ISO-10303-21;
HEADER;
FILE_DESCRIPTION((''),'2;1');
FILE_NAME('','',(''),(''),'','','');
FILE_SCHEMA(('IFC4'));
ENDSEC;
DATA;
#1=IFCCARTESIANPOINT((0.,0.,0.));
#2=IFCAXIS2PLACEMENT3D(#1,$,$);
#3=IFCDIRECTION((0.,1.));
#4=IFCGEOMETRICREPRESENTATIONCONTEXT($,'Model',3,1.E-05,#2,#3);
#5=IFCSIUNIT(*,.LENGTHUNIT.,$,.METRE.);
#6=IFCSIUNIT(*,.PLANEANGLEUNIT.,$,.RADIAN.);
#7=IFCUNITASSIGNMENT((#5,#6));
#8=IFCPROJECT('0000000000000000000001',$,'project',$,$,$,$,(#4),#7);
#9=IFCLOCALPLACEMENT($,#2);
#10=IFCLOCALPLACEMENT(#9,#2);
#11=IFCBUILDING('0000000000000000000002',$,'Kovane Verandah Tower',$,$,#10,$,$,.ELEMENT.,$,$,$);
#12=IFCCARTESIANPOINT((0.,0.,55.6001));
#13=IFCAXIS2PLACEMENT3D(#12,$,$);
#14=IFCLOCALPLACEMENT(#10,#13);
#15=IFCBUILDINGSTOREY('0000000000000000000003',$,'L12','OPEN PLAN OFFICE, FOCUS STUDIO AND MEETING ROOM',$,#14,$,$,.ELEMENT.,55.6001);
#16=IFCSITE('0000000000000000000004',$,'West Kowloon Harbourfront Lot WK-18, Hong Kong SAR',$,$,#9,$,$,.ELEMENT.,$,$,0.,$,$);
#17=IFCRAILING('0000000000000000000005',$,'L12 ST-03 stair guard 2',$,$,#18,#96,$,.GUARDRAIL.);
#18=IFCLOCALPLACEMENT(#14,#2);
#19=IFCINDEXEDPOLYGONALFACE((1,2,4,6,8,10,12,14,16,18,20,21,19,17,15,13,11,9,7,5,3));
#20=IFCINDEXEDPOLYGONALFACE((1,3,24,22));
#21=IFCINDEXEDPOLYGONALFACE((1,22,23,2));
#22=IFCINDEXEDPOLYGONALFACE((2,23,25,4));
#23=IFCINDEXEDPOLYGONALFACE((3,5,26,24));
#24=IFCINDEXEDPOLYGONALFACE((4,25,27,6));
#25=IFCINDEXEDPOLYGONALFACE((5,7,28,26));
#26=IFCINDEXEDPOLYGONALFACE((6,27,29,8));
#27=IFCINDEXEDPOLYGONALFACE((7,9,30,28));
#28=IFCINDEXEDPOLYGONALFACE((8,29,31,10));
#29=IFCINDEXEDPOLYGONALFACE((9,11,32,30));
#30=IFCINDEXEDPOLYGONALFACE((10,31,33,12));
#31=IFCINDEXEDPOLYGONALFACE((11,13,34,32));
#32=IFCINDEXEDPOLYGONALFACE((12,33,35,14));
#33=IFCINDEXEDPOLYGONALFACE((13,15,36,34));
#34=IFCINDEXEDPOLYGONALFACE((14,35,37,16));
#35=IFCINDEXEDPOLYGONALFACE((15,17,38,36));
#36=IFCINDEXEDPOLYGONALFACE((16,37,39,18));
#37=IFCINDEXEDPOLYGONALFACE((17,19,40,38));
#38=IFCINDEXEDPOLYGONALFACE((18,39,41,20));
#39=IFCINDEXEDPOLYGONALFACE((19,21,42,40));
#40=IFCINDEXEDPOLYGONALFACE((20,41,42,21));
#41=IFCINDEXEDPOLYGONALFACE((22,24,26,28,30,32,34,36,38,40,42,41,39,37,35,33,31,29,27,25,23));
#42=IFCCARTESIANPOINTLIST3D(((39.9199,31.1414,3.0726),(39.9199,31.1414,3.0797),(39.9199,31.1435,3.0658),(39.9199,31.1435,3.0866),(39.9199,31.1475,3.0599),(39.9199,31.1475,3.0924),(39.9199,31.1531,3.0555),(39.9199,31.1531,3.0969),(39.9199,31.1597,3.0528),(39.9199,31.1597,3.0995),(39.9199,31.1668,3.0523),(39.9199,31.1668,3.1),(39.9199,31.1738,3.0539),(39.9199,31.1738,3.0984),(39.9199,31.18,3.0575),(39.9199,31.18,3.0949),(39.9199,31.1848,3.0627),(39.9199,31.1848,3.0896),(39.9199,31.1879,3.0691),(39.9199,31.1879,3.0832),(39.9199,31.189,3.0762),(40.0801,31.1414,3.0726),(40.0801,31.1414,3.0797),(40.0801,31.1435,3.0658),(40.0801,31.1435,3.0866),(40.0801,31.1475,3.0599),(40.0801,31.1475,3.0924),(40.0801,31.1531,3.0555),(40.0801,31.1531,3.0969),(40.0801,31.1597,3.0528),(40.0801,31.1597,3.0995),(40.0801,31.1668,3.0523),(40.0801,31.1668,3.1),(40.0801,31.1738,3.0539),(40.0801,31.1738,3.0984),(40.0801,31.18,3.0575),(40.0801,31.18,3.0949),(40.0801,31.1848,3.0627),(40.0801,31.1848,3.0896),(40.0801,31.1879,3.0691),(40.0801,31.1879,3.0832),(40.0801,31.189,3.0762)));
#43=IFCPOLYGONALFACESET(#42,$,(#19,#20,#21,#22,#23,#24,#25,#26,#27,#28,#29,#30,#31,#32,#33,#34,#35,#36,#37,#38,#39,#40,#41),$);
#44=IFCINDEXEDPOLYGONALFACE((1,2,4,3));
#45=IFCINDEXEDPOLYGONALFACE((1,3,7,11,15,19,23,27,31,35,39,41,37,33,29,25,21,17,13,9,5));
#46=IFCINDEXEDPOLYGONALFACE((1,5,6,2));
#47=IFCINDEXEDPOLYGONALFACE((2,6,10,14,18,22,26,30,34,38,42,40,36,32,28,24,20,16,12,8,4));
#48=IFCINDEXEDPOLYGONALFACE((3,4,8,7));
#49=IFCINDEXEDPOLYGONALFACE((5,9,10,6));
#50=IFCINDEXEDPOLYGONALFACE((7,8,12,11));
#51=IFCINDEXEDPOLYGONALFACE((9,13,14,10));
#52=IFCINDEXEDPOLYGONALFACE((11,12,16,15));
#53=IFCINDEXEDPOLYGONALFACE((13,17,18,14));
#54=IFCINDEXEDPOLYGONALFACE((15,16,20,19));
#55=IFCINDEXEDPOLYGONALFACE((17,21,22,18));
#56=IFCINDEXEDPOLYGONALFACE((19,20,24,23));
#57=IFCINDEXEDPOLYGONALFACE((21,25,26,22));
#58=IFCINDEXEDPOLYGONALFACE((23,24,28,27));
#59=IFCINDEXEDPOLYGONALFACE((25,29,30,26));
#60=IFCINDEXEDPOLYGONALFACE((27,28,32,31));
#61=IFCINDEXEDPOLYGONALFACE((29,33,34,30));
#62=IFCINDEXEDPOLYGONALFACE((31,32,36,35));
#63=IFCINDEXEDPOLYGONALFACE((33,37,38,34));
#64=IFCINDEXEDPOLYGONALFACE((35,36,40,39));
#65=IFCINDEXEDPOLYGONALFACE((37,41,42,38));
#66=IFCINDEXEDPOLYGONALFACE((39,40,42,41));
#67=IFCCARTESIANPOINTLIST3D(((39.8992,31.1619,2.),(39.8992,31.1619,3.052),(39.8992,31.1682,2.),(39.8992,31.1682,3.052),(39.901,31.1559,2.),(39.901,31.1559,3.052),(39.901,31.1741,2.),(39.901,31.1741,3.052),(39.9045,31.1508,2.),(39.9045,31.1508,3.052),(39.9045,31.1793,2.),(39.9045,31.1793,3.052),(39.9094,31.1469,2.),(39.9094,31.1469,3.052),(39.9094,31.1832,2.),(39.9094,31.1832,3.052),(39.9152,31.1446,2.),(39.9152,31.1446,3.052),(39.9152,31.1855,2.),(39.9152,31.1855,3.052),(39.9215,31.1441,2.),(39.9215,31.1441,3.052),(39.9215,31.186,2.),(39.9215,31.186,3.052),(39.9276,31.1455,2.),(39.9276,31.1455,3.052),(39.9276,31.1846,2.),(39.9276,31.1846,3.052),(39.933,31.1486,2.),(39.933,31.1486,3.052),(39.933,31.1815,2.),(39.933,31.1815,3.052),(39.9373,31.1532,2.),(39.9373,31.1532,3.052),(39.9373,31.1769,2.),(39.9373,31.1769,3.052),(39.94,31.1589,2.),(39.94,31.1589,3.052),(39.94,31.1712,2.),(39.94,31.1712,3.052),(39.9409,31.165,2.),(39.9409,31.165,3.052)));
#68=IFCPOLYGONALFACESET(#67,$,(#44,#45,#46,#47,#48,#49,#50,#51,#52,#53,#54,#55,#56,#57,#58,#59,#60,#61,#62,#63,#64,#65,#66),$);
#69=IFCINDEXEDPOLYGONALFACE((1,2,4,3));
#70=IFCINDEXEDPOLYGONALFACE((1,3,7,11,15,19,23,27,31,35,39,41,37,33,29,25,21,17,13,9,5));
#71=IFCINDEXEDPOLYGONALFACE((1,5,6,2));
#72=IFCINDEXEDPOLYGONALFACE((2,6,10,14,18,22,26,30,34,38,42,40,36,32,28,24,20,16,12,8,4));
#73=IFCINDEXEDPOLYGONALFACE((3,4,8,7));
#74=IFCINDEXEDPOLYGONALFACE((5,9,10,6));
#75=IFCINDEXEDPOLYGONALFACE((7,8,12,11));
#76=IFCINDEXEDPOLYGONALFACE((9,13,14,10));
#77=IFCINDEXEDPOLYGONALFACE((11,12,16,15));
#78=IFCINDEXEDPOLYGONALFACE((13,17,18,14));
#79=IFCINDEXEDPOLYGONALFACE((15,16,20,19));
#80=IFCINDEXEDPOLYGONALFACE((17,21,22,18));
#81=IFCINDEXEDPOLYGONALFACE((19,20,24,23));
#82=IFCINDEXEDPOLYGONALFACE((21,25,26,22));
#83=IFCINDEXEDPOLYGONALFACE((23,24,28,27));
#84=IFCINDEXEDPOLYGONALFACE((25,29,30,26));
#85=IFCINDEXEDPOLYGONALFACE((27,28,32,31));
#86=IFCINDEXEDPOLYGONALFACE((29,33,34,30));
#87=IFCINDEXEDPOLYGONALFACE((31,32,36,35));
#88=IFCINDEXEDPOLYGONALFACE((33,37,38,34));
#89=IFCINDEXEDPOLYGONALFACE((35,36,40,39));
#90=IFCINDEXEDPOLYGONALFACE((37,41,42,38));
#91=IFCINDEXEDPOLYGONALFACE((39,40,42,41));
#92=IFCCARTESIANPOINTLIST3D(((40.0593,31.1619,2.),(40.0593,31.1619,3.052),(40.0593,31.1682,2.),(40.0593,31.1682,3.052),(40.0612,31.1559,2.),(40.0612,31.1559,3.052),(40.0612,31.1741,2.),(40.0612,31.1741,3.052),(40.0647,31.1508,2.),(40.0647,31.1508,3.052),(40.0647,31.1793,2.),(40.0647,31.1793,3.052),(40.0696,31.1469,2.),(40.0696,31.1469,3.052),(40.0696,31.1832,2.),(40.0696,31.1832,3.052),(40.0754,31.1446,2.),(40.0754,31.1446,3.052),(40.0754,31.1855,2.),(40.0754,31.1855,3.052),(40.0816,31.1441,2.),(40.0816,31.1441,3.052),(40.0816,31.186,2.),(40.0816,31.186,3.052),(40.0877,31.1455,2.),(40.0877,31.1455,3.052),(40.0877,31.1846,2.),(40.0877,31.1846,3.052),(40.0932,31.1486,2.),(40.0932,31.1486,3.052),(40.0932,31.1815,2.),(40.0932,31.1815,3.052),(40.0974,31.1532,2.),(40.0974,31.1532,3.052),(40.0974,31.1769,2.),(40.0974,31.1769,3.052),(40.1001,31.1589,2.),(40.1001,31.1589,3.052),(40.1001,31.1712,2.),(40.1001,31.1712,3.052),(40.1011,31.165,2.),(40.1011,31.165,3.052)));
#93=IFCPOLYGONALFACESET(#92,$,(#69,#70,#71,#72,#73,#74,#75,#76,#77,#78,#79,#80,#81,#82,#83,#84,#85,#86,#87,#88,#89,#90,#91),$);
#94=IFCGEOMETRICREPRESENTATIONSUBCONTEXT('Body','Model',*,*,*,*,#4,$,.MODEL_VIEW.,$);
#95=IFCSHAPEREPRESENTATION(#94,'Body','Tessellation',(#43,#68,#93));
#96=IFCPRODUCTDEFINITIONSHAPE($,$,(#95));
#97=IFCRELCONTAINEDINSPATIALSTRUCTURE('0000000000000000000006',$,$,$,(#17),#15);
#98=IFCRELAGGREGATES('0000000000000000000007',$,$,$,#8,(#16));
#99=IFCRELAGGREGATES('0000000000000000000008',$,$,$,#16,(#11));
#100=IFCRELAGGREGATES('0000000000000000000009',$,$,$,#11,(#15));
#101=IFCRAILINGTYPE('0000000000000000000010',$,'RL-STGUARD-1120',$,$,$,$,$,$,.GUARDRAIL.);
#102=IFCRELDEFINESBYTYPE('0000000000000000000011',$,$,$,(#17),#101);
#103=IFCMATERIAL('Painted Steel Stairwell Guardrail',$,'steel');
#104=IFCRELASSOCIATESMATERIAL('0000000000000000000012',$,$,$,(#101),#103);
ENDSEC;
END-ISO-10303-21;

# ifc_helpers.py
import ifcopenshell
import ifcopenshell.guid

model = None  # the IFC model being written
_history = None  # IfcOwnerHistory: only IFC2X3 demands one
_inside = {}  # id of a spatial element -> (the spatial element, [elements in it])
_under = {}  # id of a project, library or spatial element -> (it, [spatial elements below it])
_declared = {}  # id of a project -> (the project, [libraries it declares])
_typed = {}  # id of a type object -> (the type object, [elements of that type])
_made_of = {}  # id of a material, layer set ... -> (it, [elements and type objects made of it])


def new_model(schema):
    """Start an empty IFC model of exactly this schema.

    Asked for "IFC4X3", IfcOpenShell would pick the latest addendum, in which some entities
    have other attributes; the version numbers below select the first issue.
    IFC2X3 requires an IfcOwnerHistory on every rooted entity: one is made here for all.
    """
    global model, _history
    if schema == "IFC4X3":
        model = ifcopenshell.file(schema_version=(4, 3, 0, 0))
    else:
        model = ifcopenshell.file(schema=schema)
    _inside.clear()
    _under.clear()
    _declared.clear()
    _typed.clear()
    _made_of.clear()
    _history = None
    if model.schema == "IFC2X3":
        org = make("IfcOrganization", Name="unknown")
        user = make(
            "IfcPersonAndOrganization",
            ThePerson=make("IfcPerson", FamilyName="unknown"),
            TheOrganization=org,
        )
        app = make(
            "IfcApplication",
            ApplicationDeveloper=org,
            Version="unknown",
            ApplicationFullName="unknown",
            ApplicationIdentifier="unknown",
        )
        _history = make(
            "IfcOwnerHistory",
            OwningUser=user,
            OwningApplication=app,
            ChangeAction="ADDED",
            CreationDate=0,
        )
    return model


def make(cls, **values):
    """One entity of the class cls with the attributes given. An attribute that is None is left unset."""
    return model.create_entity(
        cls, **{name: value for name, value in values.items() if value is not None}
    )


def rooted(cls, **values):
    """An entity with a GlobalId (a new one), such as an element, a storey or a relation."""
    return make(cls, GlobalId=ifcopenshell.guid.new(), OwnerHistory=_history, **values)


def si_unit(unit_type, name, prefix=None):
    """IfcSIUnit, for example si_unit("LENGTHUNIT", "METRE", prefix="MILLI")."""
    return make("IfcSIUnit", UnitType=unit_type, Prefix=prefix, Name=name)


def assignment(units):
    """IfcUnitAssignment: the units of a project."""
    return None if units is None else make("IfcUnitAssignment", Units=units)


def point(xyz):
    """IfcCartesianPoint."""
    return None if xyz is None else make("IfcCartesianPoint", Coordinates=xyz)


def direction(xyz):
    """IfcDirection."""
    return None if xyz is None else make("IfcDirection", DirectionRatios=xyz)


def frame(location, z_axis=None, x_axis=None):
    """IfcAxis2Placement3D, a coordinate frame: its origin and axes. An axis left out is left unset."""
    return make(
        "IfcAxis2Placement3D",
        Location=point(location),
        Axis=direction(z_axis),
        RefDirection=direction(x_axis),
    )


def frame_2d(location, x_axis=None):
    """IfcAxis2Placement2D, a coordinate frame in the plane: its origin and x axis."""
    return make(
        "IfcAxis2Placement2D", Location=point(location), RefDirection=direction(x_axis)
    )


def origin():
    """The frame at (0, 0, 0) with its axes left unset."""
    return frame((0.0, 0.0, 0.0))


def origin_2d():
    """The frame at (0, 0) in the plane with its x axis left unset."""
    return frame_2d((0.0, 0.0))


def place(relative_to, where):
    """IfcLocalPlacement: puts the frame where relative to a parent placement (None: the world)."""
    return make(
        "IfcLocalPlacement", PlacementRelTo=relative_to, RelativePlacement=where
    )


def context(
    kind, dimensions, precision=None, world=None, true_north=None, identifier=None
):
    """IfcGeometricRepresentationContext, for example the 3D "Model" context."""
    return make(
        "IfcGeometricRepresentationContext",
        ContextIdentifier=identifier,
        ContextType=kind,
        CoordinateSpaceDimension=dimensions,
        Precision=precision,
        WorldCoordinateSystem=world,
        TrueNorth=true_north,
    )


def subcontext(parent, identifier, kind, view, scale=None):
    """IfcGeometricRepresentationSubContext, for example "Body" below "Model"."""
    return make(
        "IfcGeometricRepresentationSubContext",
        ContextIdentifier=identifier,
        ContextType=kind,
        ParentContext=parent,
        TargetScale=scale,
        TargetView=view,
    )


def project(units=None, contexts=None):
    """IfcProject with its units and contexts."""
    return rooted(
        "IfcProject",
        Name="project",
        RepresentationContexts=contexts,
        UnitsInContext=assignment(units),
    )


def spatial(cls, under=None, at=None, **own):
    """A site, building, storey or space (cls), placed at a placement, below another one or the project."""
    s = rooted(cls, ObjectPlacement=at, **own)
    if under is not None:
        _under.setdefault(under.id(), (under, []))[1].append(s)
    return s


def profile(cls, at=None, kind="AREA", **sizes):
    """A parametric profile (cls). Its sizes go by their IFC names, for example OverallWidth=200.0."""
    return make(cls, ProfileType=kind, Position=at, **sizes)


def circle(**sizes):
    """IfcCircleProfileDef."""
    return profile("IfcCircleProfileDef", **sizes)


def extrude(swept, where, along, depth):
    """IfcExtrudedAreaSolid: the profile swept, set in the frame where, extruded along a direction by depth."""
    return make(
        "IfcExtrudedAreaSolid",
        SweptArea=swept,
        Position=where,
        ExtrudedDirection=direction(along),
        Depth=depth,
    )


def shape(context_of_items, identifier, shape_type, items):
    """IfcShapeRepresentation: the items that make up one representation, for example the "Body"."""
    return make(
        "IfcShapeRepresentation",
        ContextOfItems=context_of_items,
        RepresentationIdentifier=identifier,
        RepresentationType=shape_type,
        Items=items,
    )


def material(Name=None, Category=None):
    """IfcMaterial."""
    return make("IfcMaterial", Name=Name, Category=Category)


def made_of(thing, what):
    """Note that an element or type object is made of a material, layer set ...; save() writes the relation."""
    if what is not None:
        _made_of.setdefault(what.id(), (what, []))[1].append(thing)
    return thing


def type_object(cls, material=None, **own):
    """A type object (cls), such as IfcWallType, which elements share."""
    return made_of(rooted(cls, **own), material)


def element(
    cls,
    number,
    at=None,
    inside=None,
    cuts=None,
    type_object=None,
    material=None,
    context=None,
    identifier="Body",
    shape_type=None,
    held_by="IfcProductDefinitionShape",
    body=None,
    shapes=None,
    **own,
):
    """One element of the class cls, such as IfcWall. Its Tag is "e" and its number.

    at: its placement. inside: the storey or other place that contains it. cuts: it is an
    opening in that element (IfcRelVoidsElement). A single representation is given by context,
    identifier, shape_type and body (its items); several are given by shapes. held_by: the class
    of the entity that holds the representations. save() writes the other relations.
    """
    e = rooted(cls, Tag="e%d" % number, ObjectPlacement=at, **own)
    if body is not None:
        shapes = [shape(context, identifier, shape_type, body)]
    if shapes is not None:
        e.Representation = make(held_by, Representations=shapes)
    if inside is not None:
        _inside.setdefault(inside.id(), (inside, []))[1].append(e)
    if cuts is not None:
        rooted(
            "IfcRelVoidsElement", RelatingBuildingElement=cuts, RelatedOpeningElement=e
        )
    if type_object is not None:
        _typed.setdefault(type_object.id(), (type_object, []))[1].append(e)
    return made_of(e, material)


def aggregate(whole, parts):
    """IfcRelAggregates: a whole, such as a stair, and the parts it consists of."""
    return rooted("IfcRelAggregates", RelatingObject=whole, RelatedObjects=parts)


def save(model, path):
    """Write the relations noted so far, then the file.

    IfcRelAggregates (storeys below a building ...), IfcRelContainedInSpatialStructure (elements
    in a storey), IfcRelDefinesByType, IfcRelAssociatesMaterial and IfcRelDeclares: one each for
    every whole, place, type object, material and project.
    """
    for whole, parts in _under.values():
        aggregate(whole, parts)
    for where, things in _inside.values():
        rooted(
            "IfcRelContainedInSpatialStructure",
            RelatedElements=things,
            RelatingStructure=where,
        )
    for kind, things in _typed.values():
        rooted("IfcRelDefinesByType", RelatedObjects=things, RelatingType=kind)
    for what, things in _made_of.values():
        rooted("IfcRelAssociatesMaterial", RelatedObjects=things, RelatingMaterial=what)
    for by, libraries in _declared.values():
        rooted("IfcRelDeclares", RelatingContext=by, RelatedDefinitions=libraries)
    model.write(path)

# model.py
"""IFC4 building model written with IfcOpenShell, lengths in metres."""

from ifc_helpers import new_model, si_unit, direction, frame, origin, origin_2d, place, context, subcontext, project, spatial, circle, extrude, material, type_object, element, save


model = new_model("IFC4")

# Units and contexts
model_context = context("Model", 3, precision=1e-05, world=origin(), true_north=direction((0.0, 1.0)))
body_context = subcontext(model_context, "Body", "Model", "MODEL_VIEW")
ifc_project = project(units=[si_unit("LENGTHUNIT", "METRE"), si_unit("PLANEANGLEUNIT", "RADIAN")], contexts=[model_context])

# Site, building, storey
site_placement = place(None, origin())
site = spatial("IfcSite", under=ifc_project, at=site_placement, Name="West Kowloon Harbourfront Lot WK-18, Hong Kong SAR", CompositionType="ELEMENT", RefElevation=0.0)
building_placement = place(site_placement, origin())
building = spatial("IfcBuilding", under=site, at=building_placement, Name="Kovane Verandah Tower", CompositionType="ELEMENT")
storey_placement = place(building_placement, frame((0.0, 0.0, 55.6001)))
storey = spatial("IfcBuildingStorey", under=building, at=storey_placement, Name="L12", Description="OPEN PLAN OFFICE, FOCUS STUDIO AND MEETING ROOM", CompositionType="ELEMENT", Elevation=55.6001)

# Railing
ifc_material_1 = material(Name="Painted Steel Stairwell Guardrail", Category="steel")
railing_type_1 = type_object("IfcRailingType", Name="RL-STGUARD-1120", PredefinedType="GUARDRAIL", material=ifc_material_1)
railing_1_placement = place(storey_placement, frame((39.9199, 31.165, 2.0)))
element("IfcRailing", 1, at=railing_1_placement, inside=storey, type_object=railing_type_1, Name="L12 ST-03 stair guard 2", PredefinedType="GUARDRAIL", context=body_context, shape_type="SweptSolid", body=[
    extrude(circle(Radius=0.0239, at=origin_2d()), frame((0.0, 0.0, 1.0762), z_axis=(1.0, 0.0, 0.0), x_axis=(0.0, 1.0, 0.0)), (0.0, 0.0, 1.0), 0.1602),
    extrude(circle(Radius=0.021, at=origin_2d()), origin(), (0.0, 0.0, 1.0), 1.052),
    extrude(circle(Radius=0.021, at=origin_2d()), frame((0.1602, 0.0, 0.0)), (0.0, 0.0, 1.0), 1.052),
])

save(model, "model.ifc")
